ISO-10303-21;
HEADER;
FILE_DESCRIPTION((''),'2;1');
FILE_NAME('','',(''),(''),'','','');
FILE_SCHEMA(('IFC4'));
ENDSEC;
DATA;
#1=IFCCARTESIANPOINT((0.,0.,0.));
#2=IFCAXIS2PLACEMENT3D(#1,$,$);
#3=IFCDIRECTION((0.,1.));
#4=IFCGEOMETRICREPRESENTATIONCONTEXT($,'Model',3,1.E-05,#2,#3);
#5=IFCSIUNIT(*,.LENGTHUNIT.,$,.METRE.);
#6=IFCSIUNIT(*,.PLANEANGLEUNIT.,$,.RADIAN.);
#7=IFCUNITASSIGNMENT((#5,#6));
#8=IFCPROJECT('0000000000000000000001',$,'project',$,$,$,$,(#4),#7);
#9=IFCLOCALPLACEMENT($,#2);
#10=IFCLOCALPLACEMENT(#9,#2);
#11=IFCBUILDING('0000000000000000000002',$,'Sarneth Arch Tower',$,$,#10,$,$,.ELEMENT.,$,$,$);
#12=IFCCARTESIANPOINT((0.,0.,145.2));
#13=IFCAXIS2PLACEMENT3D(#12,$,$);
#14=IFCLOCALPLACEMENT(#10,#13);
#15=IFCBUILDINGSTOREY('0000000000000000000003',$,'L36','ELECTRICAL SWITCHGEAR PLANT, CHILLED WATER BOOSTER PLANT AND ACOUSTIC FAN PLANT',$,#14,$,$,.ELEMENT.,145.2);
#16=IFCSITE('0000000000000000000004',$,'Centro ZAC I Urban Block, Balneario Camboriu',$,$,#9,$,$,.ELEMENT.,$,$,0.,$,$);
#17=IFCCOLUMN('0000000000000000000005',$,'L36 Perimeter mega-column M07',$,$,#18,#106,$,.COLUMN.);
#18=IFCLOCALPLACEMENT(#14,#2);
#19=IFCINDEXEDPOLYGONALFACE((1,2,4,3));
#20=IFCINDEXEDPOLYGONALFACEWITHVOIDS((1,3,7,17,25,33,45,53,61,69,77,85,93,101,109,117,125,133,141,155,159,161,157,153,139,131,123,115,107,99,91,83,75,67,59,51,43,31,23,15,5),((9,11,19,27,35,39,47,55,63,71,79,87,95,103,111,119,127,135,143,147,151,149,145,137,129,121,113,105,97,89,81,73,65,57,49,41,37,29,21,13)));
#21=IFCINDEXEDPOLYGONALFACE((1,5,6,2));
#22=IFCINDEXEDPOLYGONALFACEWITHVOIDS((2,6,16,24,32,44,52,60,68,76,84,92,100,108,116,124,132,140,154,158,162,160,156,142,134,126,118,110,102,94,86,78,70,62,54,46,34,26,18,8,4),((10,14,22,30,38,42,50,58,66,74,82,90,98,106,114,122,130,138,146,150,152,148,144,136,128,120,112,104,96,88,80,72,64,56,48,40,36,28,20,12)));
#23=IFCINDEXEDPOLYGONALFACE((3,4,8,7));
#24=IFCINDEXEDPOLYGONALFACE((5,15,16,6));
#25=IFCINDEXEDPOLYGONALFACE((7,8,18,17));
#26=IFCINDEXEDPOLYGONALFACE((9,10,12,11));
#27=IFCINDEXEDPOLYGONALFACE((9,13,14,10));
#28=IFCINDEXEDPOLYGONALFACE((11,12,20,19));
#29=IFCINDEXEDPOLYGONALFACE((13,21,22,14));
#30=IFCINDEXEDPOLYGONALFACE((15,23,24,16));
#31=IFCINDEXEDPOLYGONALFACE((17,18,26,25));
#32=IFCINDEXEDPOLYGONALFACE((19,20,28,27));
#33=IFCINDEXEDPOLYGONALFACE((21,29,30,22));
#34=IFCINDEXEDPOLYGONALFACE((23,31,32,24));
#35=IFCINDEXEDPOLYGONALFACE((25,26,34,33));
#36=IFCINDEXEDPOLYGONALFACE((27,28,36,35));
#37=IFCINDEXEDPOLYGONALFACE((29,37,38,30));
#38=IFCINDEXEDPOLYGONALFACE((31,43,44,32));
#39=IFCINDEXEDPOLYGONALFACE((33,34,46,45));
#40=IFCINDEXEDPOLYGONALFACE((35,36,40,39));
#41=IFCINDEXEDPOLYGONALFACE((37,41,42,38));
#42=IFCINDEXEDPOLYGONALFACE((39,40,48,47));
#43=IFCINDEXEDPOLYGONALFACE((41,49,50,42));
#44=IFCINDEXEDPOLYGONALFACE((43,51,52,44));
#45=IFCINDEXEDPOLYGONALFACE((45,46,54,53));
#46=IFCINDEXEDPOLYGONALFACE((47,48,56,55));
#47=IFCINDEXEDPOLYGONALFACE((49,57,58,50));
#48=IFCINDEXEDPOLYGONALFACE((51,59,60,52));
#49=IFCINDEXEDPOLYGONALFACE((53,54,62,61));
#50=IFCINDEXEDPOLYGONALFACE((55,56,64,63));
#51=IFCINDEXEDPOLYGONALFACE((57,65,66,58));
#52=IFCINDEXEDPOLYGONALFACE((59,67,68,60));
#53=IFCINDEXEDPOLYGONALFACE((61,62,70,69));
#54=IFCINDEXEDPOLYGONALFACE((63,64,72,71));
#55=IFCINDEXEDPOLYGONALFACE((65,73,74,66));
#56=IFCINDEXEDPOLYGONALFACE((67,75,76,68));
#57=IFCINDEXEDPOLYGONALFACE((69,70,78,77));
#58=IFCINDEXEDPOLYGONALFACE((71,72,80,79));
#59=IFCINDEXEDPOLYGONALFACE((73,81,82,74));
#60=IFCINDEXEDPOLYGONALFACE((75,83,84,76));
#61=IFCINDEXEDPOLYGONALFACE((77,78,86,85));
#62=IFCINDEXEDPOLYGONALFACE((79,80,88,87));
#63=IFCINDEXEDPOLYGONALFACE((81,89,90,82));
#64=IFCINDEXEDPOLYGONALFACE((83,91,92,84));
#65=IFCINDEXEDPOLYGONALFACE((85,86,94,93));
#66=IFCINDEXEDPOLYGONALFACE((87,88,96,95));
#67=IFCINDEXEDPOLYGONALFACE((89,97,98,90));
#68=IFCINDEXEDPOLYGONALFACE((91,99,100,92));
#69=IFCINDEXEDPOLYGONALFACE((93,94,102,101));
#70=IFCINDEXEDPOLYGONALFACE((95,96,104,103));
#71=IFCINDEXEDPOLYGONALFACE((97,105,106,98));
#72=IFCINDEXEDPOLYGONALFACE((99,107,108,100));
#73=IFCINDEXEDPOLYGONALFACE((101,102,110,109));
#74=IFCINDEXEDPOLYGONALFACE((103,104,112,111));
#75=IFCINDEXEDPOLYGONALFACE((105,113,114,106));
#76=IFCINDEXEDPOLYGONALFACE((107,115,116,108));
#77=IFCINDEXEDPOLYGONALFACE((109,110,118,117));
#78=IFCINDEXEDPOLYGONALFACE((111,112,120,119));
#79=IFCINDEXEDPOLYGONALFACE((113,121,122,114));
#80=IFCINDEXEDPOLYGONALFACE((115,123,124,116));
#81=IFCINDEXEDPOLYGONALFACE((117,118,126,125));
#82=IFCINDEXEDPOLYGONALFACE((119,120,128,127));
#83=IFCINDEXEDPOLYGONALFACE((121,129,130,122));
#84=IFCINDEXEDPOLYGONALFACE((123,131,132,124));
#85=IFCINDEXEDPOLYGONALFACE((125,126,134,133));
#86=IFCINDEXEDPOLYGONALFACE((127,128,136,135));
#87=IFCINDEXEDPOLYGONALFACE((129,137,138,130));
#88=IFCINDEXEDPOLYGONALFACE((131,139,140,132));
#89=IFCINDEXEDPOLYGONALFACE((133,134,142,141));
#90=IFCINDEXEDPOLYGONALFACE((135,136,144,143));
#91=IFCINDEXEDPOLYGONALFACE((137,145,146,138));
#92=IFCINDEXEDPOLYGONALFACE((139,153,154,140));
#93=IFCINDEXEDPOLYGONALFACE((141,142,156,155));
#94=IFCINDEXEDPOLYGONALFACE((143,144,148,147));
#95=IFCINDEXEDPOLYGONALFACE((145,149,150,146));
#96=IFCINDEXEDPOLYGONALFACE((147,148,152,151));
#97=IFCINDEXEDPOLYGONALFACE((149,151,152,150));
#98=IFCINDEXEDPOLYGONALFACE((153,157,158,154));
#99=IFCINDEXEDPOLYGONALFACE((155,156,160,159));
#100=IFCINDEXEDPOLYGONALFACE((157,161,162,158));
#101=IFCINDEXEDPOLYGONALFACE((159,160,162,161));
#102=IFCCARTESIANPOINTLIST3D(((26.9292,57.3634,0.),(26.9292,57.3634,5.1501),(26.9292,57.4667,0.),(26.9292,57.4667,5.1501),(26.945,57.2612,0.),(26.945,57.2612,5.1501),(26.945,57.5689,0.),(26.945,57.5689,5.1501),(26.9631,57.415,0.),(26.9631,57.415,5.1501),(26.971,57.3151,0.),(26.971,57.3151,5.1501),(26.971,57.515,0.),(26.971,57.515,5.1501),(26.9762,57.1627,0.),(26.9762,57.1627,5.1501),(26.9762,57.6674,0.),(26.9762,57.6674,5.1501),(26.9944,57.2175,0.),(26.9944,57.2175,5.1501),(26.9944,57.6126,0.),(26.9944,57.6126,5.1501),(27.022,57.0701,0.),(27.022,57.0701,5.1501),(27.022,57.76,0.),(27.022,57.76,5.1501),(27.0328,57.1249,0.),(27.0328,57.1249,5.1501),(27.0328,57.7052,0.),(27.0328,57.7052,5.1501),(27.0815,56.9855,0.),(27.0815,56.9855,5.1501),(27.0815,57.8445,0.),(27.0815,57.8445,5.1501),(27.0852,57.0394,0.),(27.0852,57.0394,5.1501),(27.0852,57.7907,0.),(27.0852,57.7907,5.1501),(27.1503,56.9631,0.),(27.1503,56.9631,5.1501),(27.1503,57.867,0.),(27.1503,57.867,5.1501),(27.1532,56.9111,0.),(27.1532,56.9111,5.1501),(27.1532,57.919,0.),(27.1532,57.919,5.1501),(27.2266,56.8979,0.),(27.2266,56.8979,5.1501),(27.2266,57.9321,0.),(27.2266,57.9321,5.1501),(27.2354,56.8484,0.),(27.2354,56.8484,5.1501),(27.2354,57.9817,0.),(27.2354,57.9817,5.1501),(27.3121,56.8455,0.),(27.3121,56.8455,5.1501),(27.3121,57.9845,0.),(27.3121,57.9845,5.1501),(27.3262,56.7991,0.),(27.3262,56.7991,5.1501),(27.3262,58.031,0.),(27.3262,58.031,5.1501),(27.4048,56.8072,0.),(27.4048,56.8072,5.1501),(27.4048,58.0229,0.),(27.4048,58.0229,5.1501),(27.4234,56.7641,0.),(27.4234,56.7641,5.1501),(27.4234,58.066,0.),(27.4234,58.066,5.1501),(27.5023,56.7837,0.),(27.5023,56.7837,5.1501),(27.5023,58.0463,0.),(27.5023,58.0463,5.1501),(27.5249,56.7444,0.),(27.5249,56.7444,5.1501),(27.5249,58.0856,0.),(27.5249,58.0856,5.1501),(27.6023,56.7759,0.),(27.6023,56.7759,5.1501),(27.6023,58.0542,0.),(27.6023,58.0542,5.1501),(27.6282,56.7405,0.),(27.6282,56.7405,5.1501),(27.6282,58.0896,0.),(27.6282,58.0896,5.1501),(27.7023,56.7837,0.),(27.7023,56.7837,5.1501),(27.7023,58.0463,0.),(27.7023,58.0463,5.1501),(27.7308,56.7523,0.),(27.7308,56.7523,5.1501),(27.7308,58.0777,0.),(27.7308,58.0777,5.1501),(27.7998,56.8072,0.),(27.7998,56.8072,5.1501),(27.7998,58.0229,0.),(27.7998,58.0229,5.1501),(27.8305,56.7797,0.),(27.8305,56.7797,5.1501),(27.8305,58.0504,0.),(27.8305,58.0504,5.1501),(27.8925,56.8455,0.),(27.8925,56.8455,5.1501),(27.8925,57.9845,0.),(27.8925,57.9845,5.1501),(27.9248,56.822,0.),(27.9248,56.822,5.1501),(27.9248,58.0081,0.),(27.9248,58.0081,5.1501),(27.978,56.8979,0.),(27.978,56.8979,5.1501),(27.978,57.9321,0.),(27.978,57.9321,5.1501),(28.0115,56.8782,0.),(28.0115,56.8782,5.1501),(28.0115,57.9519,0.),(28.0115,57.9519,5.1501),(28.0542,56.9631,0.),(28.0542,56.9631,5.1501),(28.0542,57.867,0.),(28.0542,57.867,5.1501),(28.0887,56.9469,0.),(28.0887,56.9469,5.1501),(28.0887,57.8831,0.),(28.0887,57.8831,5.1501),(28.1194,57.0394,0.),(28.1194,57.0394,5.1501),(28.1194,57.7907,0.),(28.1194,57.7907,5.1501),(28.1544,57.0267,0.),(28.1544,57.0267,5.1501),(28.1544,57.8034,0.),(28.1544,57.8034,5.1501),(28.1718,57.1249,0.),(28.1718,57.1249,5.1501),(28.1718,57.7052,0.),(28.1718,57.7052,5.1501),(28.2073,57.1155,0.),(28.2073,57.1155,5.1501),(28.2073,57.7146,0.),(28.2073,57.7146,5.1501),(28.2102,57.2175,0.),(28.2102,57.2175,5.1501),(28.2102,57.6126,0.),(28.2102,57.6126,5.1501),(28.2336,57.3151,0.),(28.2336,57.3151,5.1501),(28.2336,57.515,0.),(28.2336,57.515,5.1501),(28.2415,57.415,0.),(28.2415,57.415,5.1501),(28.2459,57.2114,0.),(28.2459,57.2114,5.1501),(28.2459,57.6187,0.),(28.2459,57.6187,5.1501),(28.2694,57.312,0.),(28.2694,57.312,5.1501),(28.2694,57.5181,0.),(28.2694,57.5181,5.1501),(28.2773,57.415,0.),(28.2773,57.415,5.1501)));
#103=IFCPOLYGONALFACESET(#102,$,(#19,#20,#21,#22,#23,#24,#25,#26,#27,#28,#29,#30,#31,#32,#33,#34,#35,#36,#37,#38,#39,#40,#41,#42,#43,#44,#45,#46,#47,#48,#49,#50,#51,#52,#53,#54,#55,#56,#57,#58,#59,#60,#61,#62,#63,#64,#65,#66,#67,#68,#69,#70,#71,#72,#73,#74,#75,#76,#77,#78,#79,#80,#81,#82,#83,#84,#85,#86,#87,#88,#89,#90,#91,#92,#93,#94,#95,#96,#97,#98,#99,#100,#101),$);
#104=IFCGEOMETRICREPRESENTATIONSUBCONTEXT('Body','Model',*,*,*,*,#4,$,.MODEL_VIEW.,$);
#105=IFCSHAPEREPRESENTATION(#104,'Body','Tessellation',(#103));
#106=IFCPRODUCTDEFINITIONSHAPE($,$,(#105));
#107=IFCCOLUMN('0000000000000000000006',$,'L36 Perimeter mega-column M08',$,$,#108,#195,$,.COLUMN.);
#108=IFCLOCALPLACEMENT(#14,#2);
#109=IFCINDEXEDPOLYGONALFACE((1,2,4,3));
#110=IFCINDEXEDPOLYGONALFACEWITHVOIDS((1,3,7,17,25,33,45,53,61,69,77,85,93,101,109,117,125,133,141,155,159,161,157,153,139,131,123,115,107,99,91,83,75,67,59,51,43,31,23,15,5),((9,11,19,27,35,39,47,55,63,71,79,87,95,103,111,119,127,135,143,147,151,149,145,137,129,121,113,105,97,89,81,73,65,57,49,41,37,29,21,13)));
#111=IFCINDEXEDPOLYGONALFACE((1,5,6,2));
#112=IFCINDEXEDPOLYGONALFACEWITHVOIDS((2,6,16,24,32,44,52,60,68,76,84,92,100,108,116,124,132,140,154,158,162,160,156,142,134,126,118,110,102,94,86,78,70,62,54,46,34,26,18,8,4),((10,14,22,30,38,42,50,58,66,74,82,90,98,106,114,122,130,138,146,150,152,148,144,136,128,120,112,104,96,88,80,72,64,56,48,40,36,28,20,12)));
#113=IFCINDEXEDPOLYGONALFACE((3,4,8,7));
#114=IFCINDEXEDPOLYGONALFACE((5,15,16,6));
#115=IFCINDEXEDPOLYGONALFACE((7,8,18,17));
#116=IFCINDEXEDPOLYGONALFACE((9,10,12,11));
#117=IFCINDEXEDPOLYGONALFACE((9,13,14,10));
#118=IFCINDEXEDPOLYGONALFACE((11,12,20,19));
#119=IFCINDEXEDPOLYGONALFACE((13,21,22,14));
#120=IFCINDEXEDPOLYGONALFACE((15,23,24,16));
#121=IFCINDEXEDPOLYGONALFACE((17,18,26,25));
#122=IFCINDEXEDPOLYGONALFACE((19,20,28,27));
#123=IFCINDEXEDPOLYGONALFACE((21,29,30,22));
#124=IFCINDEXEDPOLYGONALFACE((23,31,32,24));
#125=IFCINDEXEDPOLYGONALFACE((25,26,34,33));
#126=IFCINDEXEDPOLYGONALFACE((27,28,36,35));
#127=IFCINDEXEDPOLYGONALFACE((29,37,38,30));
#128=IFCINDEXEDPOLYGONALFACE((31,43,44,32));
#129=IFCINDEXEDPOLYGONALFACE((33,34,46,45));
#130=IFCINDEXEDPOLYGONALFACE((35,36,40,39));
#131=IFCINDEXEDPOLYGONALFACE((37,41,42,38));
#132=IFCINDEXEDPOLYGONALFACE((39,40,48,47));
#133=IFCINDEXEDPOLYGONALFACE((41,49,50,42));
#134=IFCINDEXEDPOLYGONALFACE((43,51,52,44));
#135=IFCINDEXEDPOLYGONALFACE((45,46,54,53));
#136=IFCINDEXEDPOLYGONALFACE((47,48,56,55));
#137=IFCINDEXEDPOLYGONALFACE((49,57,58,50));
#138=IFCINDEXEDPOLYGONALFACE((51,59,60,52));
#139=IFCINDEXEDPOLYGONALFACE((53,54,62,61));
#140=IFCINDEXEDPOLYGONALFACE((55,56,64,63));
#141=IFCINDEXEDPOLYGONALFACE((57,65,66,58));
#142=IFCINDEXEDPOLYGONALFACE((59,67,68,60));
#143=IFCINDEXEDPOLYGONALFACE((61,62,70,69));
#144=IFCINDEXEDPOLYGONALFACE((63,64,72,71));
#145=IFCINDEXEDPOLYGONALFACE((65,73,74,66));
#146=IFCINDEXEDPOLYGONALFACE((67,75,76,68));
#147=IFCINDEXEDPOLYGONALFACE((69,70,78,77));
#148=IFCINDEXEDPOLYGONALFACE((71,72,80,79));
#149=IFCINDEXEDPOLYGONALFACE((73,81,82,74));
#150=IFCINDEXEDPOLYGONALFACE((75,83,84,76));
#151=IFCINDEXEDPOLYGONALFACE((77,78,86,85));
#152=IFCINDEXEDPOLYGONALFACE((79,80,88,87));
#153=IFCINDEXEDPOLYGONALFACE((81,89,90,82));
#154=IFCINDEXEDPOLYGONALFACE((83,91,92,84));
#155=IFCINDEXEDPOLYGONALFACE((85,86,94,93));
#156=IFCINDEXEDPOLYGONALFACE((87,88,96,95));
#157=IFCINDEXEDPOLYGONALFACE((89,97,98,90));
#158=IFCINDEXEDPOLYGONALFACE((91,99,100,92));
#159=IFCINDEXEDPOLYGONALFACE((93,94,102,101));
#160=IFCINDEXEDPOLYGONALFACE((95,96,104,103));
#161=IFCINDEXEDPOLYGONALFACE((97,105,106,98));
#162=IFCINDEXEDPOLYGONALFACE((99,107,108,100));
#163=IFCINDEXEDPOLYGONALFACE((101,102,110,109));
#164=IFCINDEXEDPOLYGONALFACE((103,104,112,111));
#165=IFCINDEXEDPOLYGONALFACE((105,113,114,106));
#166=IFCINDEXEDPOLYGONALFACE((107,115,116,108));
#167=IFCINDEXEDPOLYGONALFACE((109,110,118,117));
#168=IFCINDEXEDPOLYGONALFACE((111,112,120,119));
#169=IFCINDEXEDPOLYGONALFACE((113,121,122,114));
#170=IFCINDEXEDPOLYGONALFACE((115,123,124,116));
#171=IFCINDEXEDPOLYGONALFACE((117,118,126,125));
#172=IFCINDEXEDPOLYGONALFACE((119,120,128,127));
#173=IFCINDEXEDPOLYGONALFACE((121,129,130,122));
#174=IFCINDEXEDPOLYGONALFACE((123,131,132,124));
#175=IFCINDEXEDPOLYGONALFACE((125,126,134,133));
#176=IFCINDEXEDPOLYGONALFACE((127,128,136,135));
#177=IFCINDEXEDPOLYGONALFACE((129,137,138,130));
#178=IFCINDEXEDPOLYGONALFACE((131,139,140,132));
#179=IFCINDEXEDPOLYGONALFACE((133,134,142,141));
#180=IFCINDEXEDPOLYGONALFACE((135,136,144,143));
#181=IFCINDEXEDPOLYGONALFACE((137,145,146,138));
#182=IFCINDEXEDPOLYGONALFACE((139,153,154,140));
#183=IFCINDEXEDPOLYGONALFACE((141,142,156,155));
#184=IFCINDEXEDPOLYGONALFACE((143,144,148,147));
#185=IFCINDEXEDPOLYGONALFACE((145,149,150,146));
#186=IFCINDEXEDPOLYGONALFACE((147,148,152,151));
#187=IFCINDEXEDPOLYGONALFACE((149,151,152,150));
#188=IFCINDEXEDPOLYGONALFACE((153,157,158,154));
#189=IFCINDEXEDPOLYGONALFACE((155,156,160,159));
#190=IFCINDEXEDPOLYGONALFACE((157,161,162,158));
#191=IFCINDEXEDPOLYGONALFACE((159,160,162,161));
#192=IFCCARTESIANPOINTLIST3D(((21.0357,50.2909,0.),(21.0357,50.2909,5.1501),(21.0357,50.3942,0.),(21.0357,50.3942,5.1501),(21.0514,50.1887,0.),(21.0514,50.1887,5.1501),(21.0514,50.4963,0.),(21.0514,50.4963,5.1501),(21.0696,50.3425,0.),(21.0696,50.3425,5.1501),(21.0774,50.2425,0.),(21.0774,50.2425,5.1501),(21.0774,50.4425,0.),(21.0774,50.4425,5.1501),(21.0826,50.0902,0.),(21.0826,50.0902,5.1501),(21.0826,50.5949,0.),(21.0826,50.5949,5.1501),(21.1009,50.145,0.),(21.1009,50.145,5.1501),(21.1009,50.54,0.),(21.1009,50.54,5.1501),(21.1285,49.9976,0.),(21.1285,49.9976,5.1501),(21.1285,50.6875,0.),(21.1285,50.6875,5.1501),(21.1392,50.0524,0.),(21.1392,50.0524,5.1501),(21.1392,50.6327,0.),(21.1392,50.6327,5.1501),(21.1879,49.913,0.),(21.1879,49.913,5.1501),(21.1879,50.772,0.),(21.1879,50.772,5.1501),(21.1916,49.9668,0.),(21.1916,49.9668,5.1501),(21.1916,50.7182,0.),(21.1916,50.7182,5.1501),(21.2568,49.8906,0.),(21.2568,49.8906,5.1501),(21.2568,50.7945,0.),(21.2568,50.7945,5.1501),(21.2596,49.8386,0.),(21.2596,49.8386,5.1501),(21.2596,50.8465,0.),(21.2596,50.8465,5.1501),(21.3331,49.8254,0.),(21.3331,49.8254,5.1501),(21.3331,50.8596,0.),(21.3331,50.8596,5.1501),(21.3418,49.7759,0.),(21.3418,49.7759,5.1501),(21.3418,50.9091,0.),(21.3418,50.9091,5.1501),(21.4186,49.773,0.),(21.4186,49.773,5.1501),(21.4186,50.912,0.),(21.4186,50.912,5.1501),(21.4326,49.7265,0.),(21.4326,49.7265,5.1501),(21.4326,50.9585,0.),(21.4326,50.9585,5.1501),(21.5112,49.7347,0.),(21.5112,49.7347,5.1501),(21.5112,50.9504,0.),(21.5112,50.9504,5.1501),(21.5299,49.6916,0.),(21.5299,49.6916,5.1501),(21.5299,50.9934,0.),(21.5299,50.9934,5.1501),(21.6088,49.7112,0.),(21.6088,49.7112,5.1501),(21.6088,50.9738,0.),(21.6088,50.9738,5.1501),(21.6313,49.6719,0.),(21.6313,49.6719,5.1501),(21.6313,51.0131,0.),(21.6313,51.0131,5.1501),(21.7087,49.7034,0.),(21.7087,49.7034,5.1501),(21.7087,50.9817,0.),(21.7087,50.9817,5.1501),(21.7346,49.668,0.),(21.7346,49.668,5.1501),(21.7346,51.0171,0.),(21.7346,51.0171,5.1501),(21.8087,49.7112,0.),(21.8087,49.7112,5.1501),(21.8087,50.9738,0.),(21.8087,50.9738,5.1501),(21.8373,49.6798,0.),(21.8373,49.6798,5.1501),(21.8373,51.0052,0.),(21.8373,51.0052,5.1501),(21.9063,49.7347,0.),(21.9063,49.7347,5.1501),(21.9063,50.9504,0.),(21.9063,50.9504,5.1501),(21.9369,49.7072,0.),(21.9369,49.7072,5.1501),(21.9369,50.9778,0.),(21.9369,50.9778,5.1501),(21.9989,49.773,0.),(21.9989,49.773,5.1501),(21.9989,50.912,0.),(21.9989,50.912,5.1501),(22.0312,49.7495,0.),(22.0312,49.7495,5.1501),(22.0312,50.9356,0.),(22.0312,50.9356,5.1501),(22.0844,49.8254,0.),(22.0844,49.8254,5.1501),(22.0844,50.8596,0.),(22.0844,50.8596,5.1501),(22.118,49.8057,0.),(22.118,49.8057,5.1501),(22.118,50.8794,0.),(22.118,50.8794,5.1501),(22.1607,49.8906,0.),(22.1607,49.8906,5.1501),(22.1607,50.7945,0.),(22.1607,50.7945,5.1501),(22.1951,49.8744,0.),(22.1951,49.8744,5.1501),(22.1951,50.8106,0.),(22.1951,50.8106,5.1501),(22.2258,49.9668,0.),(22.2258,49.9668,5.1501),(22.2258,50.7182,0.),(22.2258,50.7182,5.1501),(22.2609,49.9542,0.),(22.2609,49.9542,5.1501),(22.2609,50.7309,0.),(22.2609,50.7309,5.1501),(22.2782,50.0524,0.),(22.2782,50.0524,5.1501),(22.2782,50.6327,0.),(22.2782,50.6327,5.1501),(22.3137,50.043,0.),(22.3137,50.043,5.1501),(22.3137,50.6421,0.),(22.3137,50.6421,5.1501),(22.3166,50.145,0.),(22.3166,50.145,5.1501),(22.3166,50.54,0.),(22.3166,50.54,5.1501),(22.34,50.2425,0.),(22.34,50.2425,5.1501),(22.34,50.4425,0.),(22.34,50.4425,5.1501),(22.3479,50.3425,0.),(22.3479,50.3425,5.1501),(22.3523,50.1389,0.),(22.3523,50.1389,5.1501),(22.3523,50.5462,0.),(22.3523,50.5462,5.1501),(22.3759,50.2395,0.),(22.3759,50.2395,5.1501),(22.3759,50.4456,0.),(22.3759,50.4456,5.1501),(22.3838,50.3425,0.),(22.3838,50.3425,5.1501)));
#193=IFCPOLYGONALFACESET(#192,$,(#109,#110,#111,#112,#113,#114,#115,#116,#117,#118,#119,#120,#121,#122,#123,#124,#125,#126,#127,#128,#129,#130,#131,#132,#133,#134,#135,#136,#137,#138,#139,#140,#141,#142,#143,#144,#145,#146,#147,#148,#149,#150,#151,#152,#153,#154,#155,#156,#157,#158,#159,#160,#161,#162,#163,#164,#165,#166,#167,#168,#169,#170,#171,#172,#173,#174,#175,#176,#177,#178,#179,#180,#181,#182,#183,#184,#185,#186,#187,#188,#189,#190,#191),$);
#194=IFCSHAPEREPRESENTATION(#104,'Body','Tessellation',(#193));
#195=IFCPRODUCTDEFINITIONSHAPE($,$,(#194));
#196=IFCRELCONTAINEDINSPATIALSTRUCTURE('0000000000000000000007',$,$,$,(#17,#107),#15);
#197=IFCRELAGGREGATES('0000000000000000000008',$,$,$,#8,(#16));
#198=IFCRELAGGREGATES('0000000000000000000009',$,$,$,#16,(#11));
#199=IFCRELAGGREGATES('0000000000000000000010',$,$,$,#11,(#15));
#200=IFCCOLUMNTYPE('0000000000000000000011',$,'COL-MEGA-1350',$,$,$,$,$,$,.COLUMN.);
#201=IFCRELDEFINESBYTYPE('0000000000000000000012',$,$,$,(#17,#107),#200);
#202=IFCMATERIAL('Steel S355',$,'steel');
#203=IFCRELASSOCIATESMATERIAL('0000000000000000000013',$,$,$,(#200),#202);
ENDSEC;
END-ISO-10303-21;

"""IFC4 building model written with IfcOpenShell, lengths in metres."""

from ifc_helpers import new_model, si_unit, direction, frame, origin, origin_2d, place, context, subcontext, project, spatial, hollow_circle, extrude, material, material_profile, profile_set, type_object, element, save


model = new_model("IFC4")

# Units and contexts
model_context = context("Model", 3, precision=1e-05, world=origin(), true_north=direction((0.0, 1.0)))
body_context = subcontext(model_context, "Body", "Model", "MODEL_VIEW")
ifc_project = project(units=[si_unit("LENGTHUNIT", "METRE"), si_unit("PLANEANGLEUNIT", "RADIAN")], contexts=[model_context])

# Site, building, storey
site_placement = place(None, origin())
site = spatial("IfcSite", under=ifc_project, at=site_placement, Name="Centro ZAC I Urban Block, Balneario Camboriu", CompositionType="ELEMENT", RefElevation=0.0)
building_placement = place(site_placement, origin())
building = spatial("IfcBuilding", under=site, at=building_placement, Name="Sarneth Arch Tower", CompositionType="ELEMENT")
storey_placement = place(building_placement, frame((0.0, 0.0, 145.2)))
storey = spatial("IfcBuildingStorey", under=building, at=storey_placement, Name="L36", Description="ELECTRICAL SWITCHGEAR PLANT, CHILLED WATER BOOSTER PLANT AND ACOUSTIC FAN PLANT", CompositionType="ELEMENT", Elevation=145.2)

# Columns
ifc_material_1 = material(Name="Steel S355", Category="steel")
ifc_material_profile_1 = material_profile(ifc_material_1, hollow_circle(Radius=0.675, WallThickness=0.0359, at=origin_2d()), Name="CHS1350x36")
ifc_profile_set_1 = profile_set([ifc_material_profile_1], Name="Steel S355")
column_type = type_object("IfcColumnType", Name="COL-MEGA-1350", PredefinedType="COLUMN", material=ifc_profile_set_1)
for number, where, z_axis, x_axis, name in (
    (1, (27.6023, 57.415, 0.0), (0.0, 0.0, 1.0), (1.0, 0.0, 0.0), "L36 Perimeter mega-column M07"),
    (2, (21.7087, 50.3425, 0.0), (0.0, 0.0, 1.0), (1.0, 0.0, 0.0), "L36 Perimeter mega-column M08"),
):
    element("IfcColumn", number, at=place(storey_placement, frame(where, z_axis=z_axis, x_axis=x_axis)), inside=storey, type_object=column_type, Name=name, PredefinedType="COLUMN", context=body_context, shape_type="SweptSolid", body=[
        extrude(hollow_circle(Radius=0.675, WallThickness=0.0359, at=origin_2d()), origin(), (0.0, 0.0, 1.0), 5.1501),
    ])

save(model, "model.ifc")
